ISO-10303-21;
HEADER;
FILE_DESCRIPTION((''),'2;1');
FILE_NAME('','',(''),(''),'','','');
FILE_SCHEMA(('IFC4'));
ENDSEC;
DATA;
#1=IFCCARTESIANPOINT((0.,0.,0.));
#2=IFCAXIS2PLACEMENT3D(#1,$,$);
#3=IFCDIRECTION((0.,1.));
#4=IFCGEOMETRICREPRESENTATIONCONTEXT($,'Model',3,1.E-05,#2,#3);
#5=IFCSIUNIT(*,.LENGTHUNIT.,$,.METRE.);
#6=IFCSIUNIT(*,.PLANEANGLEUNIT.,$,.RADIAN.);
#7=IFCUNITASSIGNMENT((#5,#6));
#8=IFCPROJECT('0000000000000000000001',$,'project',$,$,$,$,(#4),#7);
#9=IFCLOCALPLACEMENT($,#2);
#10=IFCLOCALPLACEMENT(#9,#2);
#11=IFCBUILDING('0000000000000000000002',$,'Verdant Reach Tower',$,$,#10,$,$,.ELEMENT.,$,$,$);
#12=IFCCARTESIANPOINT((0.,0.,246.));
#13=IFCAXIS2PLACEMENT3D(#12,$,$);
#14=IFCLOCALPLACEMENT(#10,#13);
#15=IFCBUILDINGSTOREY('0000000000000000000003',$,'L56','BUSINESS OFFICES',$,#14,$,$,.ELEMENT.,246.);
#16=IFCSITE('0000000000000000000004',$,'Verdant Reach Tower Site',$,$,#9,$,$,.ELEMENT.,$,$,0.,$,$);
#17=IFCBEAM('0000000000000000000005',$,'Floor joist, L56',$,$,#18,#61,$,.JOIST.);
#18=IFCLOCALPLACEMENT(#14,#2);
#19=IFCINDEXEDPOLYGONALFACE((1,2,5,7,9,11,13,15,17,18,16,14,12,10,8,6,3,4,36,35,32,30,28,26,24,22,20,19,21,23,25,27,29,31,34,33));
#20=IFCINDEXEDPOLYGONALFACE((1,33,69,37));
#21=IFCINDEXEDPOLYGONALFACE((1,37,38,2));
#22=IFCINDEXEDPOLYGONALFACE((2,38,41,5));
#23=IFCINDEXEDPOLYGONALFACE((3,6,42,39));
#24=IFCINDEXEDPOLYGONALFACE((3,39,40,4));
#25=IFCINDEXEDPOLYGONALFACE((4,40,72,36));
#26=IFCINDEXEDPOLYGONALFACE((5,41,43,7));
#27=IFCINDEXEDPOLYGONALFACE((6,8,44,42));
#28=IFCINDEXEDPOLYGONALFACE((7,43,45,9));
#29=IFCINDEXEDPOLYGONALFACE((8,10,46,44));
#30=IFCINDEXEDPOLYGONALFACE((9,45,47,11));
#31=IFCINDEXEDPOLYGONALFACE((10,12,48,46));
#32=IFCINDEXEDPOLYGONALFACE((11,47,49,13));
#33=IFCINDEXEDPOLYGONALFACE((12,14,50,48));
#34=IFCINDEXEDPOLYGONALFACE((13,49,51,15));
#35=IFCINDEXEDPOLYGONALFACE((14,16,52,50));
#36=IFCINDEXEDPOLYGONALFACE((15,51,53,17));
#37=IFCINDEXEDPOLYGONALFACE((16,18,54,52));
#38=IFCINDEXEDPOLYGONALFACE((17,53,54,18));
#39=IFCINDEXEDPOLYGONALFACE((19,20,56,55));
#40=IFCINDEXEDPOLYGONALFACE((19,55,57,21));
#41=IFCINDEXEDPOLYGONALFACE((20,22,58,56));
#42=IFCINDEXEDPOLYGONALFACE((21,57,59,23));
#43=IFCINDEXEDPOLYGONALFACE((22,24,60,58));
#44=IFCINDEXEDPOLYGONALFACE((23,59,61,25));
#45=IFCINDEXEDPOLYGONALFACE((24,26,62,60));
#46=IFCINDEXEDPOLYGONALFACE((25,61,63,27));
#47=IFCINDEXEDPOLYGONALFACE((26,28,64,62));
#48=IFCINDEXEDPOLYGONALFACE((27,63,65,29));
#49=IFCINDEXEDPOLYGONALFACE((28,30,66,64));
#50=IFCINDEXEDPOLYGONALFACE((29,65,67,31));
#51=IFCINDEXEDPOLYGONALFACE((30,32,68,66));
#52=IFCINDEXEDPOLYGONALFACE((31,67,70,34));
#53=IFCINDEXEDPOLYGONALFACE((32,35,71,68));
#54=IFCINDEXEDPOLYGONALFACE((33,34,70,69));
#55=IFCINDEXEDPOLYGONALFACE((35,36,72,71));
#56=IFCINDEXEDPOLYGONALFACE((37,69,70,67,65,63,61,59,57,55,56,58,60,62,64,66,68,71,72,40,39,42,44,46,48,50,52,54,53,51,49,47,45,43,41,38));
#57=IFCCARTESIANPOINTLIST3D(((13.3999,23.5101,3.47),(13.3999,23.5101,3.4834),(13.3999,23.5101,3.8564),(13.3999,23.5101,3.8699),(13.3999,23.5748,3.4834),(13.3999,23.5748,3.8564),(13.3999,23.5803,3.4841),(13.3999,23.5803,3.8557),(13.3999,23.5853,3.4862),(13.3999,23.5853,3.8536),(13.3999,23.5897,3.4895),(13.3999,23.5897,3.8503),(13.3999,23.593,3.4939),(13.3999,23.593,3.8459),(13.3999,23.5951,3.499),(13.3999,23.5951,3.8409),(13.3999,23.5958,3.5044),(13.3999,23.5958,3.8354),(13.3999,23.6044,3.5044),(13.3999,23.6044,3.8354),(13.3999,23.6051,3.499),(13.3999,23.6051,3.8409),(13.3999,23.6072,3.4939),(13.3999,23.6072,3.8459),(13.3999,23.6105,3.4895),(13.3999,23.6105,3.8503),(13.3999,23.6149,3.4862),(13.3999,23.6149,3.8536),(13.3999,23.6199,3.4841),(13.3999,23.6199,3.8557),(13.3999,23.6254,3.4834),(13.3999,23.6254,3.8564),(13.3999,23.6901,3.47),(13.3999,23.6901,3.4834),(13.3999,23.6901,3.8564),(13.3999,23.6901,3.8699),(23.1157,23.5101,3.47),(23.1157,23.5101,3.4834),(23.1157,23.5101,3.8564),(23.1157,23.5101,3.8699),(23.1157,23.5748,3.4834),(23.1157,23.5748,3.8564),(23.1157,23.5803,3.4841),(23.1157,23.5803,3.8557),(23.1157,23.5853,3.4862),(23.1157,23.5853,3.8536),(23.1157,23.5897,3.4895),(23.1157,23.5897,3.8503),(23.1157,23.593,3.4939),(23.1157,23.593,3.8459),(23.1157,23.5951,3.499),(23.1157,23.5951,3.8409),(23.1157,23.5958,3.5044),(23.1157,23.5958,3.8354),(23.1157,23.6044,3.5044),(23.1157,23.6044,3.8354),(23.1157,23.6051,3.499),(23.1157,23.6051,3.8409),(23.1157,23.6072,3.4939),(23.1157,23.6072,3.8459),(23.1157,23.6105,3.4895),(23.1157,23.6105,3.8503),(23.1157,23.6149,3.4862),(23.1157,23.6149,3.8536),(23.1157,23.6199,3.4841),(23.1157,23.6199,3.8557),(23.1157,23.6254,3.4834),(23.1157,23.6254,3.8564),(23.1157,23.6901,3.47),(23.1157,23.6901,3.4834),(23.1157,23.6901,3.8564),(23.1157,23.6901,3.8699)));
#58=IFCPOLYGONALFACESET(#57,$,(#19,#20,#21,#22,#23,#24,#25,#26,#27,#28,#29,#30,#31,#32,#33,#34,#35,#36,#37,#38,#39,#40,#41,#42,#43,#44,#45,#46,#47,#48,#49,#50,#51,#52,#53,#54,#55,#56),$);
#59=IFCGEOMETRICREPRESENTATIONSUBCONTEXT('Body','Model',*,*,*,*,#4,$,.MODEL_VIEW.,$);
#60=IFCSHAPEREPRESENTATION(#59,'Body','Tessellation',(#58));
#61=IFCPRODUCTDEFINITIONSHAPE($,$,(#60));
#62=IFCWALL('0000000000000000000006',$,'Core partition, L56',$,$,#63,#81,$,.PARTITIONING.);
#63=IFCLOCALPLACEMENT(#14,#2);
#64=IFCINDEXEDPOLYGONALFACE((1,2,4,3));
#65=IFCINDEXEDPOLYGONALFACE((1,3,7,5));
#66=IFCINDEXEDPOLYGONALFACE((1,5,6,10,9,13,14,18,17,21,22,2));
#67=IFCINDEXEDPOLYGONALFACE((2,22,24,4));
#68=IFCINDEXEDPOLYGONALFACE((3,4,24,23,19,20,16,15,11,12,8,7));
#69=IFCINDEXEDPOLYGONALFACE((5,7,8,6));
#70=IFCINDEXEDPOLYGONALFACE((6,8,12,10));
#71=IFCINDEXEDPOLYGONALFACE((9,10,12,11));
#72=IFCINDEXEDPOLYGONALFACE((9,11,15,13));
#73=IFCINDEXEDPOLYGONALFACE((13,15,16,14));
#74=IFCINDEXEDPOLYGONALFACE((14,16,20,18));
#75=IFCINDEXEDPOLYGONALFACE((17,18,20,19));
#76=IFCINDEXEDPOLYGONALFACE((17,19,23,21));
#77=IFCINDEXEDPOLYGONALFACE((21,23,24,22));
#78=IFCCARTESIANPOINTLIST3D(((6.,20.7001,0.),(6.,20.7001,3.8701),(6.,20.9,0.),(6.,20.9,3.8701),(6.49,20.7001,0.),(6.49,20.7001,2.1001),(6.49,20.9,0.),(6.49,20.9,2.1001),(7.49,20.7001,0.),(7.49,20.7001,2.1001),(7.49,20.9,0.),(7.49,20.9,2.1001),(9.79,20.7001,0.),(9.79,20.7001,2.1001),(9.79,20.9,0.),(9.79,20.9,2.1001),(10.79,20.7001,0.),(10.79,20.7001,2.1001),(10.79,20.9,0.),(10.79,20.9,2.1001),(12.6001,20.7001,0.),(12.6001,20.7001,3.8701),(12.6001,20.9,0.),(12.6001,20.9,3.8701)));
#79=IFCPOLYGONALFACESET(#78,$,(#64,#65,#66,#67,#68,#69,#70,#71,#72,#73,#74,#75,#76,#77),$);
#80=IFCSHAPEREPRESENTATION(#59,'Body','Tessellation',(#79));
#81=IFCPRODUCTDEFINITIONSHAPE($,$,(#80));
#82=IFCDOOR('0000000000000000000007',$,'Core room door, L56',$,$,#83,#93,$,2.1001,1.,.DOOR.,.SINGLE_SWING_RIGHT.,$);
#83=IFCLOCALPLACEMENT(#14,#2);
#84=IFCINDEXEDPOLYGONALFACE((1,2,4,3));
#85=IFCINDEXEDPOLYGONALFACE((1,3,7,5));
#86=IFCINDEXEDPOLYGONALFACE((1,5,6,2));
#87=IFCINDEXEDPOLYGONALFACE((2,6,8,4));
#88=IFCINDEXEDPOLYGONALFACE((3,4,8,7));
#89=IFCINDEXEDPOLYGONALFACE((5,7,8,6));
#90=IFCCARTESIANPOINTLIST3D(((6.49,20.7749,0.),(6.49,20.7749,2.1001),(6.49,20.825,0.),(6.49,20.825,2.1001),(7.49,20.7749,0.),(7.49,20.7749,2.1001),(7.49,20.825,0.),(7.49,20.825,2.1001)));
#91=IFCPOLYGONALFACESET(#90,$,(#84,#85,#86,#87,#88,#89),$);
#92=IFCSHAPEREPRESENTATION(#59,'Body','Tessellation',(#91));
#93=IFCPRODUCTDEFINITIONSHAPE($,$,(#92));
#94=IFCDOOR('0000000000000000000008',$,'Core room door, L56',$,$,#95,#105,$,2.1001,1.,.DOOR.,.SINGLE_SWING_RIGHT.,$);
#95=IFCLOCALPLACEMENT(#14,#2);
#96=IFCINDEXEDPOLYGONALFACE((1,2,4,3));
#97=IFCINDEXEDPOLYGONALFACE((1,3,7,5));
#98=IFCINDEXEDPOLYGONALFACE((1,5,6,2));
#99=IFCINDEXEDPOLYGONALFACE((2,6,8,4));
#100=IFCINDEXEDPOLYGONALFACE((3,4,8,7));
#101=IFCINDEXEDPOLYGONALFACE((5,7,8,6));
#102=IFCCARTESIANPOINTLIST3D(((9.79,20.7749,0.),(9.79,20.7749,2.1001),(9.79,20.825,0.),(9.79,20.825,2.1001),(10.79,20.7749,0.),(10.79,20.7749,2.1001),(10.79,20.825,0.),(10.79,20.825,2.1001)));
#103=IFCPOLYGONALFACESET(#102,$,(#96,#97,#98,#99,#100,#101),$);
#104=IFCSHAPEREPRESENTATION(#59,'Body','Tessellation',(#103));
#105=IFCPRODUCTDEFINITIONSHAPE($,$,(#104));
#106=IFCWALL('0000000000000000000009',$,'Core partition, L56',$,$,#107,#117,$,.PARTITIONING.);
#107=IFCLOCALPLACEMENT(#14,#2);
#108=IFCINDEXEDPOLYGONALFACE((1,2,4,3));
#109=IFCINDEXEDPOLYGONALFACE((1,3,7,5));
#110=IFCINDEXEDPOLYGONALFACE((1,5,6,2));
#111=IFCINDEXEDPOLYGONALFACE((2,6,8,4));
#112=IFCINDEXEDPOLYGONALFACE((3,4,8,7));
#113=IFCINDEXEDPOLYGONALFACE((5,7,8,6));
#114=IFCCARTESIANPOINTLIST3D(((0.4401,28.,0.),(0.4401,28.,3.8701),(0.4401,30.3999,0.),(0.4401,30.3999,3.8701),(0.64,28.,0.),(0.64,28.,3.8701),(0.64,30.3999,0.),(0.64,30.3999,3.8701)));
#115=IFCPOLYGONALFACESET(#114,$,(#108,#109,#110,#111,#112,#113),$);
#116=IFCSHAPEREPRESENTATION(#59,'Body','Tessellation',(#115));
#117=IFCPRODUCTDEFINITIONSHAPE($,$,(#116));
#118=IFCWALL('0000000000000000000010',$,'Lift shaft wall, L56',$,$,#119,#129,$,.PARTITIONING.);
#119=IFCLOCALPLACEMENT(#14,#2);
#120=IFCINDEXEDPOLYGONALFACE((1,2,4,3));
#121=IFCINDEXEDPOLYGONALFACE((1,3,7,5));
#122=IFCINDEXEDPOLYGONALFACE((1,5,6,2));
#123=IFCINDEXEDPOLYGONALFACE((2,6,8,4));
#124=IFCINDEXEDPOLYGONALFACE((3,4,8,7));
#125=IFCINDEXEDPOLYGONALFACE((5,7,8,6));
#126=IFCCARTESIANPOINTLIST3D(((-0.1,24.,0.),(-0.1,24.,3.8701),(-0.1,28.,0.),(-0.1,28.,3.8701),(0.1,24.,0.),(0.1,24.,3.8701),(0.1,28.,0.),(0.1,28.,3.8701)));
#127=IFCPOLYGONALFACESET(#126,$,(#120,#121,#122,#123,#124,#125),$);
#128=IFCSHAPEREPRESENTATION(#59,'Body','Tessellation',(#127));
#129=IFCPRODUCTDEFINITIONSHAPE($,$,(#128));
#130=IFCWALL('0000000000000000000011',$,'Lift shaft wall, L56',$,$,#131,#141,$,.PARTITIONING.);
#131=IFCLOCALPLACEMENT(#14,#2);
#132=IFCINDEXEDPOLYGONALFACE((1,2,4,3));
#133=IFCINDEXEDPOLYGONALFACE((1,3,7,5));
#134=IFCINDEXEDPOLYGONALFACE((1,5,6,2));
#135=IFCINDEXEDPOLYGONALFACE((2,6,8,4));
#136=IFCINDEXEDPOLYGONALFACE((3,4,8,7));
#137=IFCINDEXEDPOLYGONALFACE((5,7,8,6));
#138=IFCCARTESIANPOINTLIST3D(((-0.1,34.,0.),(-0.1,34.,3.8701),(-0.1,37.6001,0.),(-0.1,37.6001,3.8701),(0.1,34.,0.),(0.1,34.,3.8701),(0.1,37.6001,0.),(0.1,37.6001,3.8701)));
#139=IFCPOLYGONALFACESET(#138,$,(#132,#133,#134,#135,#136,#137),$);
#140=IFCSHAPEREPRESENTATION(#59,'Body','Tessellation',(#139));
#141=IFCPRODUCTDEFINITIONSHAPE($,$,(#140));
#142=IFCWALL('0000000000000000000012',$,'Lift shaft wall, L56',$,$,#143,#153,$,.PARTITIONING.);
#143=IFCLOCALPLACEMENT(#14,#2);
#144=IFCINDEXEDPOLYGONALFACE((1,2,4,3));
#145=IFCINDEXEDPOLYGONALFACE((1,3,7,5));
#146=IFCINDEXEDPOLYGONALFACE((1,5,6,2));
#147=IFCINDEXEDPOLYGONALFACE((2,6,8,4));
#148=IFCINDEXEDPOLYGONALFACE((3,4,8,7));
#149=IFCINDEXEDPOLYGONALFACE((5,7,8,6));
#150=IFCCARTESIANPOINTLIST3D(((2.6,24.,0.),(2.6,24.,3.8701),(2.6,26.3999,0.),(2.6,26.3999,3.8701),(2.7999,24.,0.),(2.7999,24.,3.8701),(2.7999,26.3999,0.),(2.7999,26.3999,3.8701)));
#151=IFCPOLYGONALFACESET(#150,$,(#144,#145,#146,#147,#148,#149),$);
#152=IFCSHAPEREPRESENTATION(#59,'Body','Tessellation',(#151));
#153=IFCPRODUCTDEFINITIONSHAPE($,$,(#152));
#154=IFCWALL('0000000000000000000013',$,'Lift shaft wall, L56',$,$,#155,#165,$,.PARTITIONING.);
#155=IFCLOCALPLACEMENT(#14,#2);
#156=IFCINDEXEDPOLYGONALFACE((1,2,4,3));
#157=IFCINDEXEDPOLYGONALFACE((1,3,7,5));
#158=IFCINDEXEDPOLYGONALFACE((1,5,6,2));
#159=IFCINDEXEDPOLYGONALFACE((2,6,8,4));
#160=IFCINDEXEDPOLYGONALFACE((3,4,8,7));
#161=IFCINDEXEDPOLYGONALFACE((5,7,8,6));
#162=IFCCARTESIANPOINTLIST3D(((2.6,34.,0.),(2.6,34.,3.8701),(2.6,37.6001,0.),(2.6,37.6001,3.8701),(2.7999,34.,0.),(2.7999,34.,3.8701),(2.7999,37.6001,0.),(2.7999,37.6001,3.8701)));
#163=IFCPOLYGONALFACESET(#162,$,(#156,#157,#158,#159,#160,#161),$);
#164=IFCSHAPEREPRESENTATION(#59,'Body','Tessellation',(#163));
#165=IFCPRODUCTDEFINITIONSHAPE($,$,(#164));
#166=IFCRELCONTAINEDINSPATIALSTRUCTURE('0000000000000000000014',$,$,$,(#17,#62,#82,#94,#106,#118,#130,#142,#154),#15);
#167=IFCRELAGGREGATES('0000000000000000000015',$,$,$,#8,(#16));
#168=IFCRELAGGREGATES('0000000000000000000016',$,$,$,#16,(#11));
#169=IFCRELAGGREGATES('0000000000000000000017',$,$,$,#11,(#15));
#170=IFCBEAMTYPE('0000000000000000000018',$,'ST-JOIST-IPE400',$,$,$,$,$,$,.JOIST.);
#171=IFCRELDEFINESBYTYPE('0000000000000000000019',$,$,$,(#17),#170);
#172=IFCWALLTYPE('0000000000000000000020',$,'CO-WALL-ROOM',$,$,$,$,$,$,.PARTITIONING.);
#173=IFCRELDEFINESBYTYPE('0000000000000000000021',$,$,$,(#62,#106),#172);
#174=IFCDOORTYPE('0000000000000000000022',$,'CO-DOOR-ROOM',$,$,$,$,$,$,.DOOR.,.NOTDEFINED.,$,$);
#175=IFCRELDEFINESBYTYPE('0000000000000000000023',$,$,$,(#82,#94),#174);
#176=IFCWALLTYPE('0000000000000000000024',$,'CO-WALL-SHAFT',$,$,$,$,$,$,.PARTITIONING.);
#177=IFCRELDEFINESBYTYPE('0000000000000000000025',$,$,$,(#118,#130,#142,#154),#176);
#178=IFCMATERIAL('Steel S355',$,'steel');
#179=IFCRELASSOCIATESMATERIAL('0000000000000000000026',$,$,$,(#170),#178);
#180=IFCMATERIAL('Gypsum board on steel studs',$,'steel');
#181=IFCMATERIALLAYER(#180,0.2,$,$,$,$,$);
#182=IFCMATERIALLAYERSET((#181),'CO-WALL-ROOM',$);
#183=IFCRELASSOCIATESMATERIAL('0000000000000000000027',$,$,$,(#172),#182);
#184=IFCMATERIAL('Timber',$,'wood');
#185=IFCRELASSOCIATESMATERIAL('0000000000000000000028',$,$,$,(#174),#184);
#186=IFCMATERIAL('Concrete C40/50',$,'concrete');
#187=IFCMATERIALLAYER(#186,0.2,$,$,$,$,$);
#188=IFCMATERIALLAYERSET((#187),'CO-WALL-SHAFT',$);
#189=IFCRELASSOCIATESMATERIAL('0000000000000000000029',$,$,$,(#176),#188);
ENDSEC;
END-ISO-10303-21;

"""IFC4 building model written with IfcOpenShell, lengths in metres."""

from ifc_helpers import new_model, si_unit, direction, frame, frame_2d, origin, origin_2d, place, context, subcontext, project, spatial, rectangle, i_section, extrude, material, layer, layer_set, material_profile, profile_set, type_object, element, fill, save


model = new_model("IFC4")

# Units and contexts
model_context = context("Model", 3, precision=1e-05, world=origin(), true_north=direction((0.0, 1.0)))
body_context = subcontext(model_context, "Body", "Model", "MODEL_VIEW")
ifc_project = project(units=[si_unit("LENGTHUNIT", "METRE"), si_unit("PLANEANGLEUNIT", "RADIAN")], contexts=[model_context])

# Site, building, storey
site_placement = place(None, origin())
site = spatial("IfcSite", under=ifc_project, at=site_placement, Name="Verdant Reach Tower Site", CompositionType="ELEMENT", RefElevation=0.0)
building_placement = place(site_placement, origin())
building = spatial("IfcBuilding", under=site, at=building_placement, Name="Verdant Reach Tower", CompositionType="ELEMENT")
storey_placement = place(building_placement, frame((0.0, 0.0, 246.0)))
storey = spatial("IfcBuildingStorey", under=building, at=storey_placement, Name="L56", Description="BUSINESS OFFICES", CompositionType="ELEMENT", Elevation=246.0)

# Beam
ifc_material_1 = material(Name="Steel S355", Category="steel")
ifc_material_profile = material_profile(ifc_material_1, i_section(OverallWidth=0.1799, OverallDepth=0.3999, WebThickness=0.0085, FlangeThickness=0.0134, FilletRadius=0.021, at=origin_2d()), Name="IPE 400")
ifc_profile_set = profile_set([ifc_material_profile], Name="Steel S355")
beam_type = type_object("IfcBeamType", Name="ST-JOIST-IPE400", PredefinedType="JOIST", material=ifc_profile_set)
beam_placement = place(storey_placement, frame((13.3999, 23.6001, 3.6699), z_axis=(1.0, 0.0, 0.0), x_axis=(0.0, 1.0, 0.0)))
element("IfcBeam", 1, at=beam_placement, inside=storey, type_object=beam_type, Name="Floor joist, L56", PredefinedType="JOIST", context=body_context, shape_type="SweptSolid", body=[
    extrude(i_section(OverallWidth=0.1799, OverallDepth=0.3999, WebThickness=0.0085, FlangeThickness=0.0134, FilletRadius=0.021, at=origin_2d()), origin(), (0.0, 0.0, 1.0), 9.7158),
])

# Wall, openings, doors
ifc_material_2 = material(Name="Gypsum board on steel studs", Category="steel")
ifc_layer_1 = layer(ifc_material_2, 0.2)
ifc_layer_set_1 = layer_set([ifc_layer_1], Name="CO-WALL-ROOM")
wall_type_1 = type_object("IfcWallType", Name="CO-WALL-ROOM", PredefinedType="PARTITIONING", material=ifc_layer_set_1)
wall_1_placement = place(storey_placement, frame((6.0, 20.8, 0.0), z_axis=(0.0, 0.0, 1.0), x_axis=(1.0, 0.0, 0.0)))
wall_1 = element("IfcWall", 2, at=wall_1_placement, inside=storey, type_object=wall_type_1, Name="Core partition, L56", PredefinedType="PARTITIONING", context=body_context, shape_type="SweptSolid", body=[
    extrude(rectangle(XDim=6.6001, YDim=0.2, at=frame_2d((3.3, 0.0))), origin(), (0.0, 0.0, 1.0), 3.8701),
])
opening_1_placement = place(wall_1_placement, frame((0.49, 0.0, 0.0)))
opening_1 = element("IfcOpeningElement", 3, at=opening_1_placement, cuts=wall_1, PredefinedType="OPENING", context=body_context, shape_type="SweptSolid", body=[
    extrude(rectangle(XDim=1.0, YDim=2.1001, at=frame_2d((0.5, 1.05))), frame((0.0, 0.1099, 0.0), z_axis=(0.0, -1.0, 0.0), x_axis=(1.0, 0.0, 0.0)), (0.0, 0.0, 1.0), 0.22),
])
opening_2_placement = place(wall_1_placement, frame((3.79, 0.0, 0.0)))
opening_2 = element("IfcOpeningElement", 4, at=opening_2_placement, cuts=wall_1, PredefinedType="OPENING", context=body_context, shape_type="SweptSolid", body=[
    extrude(rectangle(XDim=1.0, YDim=2.1001, at=frame_2d((0.5, 1.05))), frame((0.0, 0.1099, 0.0), z_axis=(0.0, -1.0, 0.0), x_axis=(1.0, 0.0, 0.0)), (0.0, 0.0, 1.0), 0.22),
])
ifc_material_3 = material(Name="Timber", Category="wood")
door_type_1 = type_object("IfcDoorType", Name="CO-DOOR-ROOM", OperationType="NOTDEFINED", PredefinedType="DOOR", material=ifc_material_3)
door_1_placement = place(opening_1_placement, origin())
door_1 = element("IfcDoor", 5, at=door_1_placement, inside=storey, type_object=door_type_1, Name="Core room door, L56", OperationType="SINGLE_SWING_RIGHT", OverallHeight=2.1001, OverallWidth=1.0, PredefinedType="DOOR", context=body_context, shape_type="SweptSolid", body=[
    extrude(rectangle(XDim=1.0, YDim=2.1001, at=frame_2d((0.5, 1.05))), frame((0.0, 0.0249, 0.0), z_axis=(0.0, -1.0, 0.0), x_axis=(1.0, 0.0, 0.0)), (0.0, 0.0, 1.0), 0.05),
])
fill(opening_1, door_1)
door_2_placement = place(opening_2_placement, origin())
door_2 = element("IfcDoor", 6, at=door_2_placement, inside=storey, type_object=door_type_1, Name="Core room door, L56", OperationType="SINGLE_SWING_RIGHT", OverallHeight=2.1001, OverallWidth=1.0, PredefinedType="DOOR", context=body_context, shape_type="SweptSolid", body=[
    extrude(rectangle(XDim=1.0, YDim=2.1001, at=frame_2d((0.5, 1.05))), frame((0.0, 0.0249, 0.0), z_axis=(0.0, -1.0, 0.0), x_axis=(1.0, 0.0, 0.0)), (0.0, 0.0, 1.0), 0.05),
])
fill(opening_2, door_2)

# Walls
wall_2_placement = place(storey_placement, frame((0.54, 28.0, 0.0), z_axis=(0.0, 0.0, 1.0), x_axis=(0.0, 1.0, 0.0)))
element("IfcWall", 7, at=wall_2_placement, inside=storey, type_object=wall_type_1, Name="Core partition, L56", PredefinedType="PARTITIONING", context=body_context, shape_type="SweptSolid", body=[
    extrude(rectangle(XDim=2.3999, YDim=0.2, at=frame_2d((1.2, 0.0))), origin(), (0.0, 0.0, 1.0), 3.8701),
])
ifc_material_4 = material(Name="Concrete C40/50", Category="concrete")
ifc_layer_2 = layer(ifc_material_4, 0.2)
ifc_layer_set_2 = layer_set([ifc_layer_2], Name="CO-WALL-SHAFT")
wall_type_2 = type_object("IfcWallType", Name="CO-WALL-SHAFT", PredefinedType="PARTITIONING", material=ifc_layer_set_2)
wall_3_placement = place(storey_placement, frame((0.0, 24.0, 0.0), z_axis=(0.0, 0.0, 1.0), x_axis=(0.0, 1.0, 0.0)))
element("IfcWall", 8, at=wall_3_placement, inside=storey, type_object=wall_type_2, Name="Lift shaft wall, L56", PredefinedType="PARTITIONING", context=body_context, shape_type="SweptSolid", body=[
    extrude(rectangle(XDim=4.0, YDim=0.2, at=frame_2d((2.0, 0.0))), origin(), (0.0, 0.0, 1.0), 3.8701),
])
wall_4_placement = place(storey_placement, frame((0.0, 34.0, 0.0), z_axis=(0.0, 0.0, 1.0), x_axis=(0.0, 1.0, 0.0)))
element("IfcWall", 9, at=wall_4_placement, inside=storey, type_object=wall_type_2, Name="Lift shaft wall, L56", PredefinedType="PARTITIONING", context=body_context, shape_type="SweptSolid", body=[
    extrude(rectangle(XDim=3.6001, YDim=0.2, at=frame_2d((1.8, 0.0))), origin(), (0.0, 0.0, 1.0), 3.8701),
])
wall_5_placement = place(storey_placement, frame((2.7, 24.0, 0.0), z_axis=(0.0, 0.0, 1.0), x_axis=(0.0, 1.0, 0.0)))
element("IfcWall", 10, at=wall_5_placement, inside=storey, type_object=wall_type_2, Name="Lift shaft wall, L56", PredefinedType="PARTITIONING", context=body_context, shape_type="SweptSolid", body=[
    extrude(rectangle(XDim=2.3999, YDim=0.2, at=frame_2d((1.2, 0.0))), origin(), (0.0, 0.0, 1.0), 3.8701),
])
wall_6_placement = place(storey_placement, frame((2.7, 34.0, 0.0), z_axis=(0.0, 0.0, 1.0), x_axis=(0.0, 1.0, 0.0)))
element("IfcWall", 11, at=wall_6_placement, inside=storey, type_object=wall_type_2, Name="Lift shaft wall, L56", PredefinedType="PARTITIONING", context=body_context, shape_type="SweptSolid", body=[
    extrude(rectangle(XDim=3.6001, YDim=0.2, at=frame_2d((1.8, 0.0))), origin(), (0.0, 0.0, 1.0), 3.8701),
])

save(model, "model.ifc")
